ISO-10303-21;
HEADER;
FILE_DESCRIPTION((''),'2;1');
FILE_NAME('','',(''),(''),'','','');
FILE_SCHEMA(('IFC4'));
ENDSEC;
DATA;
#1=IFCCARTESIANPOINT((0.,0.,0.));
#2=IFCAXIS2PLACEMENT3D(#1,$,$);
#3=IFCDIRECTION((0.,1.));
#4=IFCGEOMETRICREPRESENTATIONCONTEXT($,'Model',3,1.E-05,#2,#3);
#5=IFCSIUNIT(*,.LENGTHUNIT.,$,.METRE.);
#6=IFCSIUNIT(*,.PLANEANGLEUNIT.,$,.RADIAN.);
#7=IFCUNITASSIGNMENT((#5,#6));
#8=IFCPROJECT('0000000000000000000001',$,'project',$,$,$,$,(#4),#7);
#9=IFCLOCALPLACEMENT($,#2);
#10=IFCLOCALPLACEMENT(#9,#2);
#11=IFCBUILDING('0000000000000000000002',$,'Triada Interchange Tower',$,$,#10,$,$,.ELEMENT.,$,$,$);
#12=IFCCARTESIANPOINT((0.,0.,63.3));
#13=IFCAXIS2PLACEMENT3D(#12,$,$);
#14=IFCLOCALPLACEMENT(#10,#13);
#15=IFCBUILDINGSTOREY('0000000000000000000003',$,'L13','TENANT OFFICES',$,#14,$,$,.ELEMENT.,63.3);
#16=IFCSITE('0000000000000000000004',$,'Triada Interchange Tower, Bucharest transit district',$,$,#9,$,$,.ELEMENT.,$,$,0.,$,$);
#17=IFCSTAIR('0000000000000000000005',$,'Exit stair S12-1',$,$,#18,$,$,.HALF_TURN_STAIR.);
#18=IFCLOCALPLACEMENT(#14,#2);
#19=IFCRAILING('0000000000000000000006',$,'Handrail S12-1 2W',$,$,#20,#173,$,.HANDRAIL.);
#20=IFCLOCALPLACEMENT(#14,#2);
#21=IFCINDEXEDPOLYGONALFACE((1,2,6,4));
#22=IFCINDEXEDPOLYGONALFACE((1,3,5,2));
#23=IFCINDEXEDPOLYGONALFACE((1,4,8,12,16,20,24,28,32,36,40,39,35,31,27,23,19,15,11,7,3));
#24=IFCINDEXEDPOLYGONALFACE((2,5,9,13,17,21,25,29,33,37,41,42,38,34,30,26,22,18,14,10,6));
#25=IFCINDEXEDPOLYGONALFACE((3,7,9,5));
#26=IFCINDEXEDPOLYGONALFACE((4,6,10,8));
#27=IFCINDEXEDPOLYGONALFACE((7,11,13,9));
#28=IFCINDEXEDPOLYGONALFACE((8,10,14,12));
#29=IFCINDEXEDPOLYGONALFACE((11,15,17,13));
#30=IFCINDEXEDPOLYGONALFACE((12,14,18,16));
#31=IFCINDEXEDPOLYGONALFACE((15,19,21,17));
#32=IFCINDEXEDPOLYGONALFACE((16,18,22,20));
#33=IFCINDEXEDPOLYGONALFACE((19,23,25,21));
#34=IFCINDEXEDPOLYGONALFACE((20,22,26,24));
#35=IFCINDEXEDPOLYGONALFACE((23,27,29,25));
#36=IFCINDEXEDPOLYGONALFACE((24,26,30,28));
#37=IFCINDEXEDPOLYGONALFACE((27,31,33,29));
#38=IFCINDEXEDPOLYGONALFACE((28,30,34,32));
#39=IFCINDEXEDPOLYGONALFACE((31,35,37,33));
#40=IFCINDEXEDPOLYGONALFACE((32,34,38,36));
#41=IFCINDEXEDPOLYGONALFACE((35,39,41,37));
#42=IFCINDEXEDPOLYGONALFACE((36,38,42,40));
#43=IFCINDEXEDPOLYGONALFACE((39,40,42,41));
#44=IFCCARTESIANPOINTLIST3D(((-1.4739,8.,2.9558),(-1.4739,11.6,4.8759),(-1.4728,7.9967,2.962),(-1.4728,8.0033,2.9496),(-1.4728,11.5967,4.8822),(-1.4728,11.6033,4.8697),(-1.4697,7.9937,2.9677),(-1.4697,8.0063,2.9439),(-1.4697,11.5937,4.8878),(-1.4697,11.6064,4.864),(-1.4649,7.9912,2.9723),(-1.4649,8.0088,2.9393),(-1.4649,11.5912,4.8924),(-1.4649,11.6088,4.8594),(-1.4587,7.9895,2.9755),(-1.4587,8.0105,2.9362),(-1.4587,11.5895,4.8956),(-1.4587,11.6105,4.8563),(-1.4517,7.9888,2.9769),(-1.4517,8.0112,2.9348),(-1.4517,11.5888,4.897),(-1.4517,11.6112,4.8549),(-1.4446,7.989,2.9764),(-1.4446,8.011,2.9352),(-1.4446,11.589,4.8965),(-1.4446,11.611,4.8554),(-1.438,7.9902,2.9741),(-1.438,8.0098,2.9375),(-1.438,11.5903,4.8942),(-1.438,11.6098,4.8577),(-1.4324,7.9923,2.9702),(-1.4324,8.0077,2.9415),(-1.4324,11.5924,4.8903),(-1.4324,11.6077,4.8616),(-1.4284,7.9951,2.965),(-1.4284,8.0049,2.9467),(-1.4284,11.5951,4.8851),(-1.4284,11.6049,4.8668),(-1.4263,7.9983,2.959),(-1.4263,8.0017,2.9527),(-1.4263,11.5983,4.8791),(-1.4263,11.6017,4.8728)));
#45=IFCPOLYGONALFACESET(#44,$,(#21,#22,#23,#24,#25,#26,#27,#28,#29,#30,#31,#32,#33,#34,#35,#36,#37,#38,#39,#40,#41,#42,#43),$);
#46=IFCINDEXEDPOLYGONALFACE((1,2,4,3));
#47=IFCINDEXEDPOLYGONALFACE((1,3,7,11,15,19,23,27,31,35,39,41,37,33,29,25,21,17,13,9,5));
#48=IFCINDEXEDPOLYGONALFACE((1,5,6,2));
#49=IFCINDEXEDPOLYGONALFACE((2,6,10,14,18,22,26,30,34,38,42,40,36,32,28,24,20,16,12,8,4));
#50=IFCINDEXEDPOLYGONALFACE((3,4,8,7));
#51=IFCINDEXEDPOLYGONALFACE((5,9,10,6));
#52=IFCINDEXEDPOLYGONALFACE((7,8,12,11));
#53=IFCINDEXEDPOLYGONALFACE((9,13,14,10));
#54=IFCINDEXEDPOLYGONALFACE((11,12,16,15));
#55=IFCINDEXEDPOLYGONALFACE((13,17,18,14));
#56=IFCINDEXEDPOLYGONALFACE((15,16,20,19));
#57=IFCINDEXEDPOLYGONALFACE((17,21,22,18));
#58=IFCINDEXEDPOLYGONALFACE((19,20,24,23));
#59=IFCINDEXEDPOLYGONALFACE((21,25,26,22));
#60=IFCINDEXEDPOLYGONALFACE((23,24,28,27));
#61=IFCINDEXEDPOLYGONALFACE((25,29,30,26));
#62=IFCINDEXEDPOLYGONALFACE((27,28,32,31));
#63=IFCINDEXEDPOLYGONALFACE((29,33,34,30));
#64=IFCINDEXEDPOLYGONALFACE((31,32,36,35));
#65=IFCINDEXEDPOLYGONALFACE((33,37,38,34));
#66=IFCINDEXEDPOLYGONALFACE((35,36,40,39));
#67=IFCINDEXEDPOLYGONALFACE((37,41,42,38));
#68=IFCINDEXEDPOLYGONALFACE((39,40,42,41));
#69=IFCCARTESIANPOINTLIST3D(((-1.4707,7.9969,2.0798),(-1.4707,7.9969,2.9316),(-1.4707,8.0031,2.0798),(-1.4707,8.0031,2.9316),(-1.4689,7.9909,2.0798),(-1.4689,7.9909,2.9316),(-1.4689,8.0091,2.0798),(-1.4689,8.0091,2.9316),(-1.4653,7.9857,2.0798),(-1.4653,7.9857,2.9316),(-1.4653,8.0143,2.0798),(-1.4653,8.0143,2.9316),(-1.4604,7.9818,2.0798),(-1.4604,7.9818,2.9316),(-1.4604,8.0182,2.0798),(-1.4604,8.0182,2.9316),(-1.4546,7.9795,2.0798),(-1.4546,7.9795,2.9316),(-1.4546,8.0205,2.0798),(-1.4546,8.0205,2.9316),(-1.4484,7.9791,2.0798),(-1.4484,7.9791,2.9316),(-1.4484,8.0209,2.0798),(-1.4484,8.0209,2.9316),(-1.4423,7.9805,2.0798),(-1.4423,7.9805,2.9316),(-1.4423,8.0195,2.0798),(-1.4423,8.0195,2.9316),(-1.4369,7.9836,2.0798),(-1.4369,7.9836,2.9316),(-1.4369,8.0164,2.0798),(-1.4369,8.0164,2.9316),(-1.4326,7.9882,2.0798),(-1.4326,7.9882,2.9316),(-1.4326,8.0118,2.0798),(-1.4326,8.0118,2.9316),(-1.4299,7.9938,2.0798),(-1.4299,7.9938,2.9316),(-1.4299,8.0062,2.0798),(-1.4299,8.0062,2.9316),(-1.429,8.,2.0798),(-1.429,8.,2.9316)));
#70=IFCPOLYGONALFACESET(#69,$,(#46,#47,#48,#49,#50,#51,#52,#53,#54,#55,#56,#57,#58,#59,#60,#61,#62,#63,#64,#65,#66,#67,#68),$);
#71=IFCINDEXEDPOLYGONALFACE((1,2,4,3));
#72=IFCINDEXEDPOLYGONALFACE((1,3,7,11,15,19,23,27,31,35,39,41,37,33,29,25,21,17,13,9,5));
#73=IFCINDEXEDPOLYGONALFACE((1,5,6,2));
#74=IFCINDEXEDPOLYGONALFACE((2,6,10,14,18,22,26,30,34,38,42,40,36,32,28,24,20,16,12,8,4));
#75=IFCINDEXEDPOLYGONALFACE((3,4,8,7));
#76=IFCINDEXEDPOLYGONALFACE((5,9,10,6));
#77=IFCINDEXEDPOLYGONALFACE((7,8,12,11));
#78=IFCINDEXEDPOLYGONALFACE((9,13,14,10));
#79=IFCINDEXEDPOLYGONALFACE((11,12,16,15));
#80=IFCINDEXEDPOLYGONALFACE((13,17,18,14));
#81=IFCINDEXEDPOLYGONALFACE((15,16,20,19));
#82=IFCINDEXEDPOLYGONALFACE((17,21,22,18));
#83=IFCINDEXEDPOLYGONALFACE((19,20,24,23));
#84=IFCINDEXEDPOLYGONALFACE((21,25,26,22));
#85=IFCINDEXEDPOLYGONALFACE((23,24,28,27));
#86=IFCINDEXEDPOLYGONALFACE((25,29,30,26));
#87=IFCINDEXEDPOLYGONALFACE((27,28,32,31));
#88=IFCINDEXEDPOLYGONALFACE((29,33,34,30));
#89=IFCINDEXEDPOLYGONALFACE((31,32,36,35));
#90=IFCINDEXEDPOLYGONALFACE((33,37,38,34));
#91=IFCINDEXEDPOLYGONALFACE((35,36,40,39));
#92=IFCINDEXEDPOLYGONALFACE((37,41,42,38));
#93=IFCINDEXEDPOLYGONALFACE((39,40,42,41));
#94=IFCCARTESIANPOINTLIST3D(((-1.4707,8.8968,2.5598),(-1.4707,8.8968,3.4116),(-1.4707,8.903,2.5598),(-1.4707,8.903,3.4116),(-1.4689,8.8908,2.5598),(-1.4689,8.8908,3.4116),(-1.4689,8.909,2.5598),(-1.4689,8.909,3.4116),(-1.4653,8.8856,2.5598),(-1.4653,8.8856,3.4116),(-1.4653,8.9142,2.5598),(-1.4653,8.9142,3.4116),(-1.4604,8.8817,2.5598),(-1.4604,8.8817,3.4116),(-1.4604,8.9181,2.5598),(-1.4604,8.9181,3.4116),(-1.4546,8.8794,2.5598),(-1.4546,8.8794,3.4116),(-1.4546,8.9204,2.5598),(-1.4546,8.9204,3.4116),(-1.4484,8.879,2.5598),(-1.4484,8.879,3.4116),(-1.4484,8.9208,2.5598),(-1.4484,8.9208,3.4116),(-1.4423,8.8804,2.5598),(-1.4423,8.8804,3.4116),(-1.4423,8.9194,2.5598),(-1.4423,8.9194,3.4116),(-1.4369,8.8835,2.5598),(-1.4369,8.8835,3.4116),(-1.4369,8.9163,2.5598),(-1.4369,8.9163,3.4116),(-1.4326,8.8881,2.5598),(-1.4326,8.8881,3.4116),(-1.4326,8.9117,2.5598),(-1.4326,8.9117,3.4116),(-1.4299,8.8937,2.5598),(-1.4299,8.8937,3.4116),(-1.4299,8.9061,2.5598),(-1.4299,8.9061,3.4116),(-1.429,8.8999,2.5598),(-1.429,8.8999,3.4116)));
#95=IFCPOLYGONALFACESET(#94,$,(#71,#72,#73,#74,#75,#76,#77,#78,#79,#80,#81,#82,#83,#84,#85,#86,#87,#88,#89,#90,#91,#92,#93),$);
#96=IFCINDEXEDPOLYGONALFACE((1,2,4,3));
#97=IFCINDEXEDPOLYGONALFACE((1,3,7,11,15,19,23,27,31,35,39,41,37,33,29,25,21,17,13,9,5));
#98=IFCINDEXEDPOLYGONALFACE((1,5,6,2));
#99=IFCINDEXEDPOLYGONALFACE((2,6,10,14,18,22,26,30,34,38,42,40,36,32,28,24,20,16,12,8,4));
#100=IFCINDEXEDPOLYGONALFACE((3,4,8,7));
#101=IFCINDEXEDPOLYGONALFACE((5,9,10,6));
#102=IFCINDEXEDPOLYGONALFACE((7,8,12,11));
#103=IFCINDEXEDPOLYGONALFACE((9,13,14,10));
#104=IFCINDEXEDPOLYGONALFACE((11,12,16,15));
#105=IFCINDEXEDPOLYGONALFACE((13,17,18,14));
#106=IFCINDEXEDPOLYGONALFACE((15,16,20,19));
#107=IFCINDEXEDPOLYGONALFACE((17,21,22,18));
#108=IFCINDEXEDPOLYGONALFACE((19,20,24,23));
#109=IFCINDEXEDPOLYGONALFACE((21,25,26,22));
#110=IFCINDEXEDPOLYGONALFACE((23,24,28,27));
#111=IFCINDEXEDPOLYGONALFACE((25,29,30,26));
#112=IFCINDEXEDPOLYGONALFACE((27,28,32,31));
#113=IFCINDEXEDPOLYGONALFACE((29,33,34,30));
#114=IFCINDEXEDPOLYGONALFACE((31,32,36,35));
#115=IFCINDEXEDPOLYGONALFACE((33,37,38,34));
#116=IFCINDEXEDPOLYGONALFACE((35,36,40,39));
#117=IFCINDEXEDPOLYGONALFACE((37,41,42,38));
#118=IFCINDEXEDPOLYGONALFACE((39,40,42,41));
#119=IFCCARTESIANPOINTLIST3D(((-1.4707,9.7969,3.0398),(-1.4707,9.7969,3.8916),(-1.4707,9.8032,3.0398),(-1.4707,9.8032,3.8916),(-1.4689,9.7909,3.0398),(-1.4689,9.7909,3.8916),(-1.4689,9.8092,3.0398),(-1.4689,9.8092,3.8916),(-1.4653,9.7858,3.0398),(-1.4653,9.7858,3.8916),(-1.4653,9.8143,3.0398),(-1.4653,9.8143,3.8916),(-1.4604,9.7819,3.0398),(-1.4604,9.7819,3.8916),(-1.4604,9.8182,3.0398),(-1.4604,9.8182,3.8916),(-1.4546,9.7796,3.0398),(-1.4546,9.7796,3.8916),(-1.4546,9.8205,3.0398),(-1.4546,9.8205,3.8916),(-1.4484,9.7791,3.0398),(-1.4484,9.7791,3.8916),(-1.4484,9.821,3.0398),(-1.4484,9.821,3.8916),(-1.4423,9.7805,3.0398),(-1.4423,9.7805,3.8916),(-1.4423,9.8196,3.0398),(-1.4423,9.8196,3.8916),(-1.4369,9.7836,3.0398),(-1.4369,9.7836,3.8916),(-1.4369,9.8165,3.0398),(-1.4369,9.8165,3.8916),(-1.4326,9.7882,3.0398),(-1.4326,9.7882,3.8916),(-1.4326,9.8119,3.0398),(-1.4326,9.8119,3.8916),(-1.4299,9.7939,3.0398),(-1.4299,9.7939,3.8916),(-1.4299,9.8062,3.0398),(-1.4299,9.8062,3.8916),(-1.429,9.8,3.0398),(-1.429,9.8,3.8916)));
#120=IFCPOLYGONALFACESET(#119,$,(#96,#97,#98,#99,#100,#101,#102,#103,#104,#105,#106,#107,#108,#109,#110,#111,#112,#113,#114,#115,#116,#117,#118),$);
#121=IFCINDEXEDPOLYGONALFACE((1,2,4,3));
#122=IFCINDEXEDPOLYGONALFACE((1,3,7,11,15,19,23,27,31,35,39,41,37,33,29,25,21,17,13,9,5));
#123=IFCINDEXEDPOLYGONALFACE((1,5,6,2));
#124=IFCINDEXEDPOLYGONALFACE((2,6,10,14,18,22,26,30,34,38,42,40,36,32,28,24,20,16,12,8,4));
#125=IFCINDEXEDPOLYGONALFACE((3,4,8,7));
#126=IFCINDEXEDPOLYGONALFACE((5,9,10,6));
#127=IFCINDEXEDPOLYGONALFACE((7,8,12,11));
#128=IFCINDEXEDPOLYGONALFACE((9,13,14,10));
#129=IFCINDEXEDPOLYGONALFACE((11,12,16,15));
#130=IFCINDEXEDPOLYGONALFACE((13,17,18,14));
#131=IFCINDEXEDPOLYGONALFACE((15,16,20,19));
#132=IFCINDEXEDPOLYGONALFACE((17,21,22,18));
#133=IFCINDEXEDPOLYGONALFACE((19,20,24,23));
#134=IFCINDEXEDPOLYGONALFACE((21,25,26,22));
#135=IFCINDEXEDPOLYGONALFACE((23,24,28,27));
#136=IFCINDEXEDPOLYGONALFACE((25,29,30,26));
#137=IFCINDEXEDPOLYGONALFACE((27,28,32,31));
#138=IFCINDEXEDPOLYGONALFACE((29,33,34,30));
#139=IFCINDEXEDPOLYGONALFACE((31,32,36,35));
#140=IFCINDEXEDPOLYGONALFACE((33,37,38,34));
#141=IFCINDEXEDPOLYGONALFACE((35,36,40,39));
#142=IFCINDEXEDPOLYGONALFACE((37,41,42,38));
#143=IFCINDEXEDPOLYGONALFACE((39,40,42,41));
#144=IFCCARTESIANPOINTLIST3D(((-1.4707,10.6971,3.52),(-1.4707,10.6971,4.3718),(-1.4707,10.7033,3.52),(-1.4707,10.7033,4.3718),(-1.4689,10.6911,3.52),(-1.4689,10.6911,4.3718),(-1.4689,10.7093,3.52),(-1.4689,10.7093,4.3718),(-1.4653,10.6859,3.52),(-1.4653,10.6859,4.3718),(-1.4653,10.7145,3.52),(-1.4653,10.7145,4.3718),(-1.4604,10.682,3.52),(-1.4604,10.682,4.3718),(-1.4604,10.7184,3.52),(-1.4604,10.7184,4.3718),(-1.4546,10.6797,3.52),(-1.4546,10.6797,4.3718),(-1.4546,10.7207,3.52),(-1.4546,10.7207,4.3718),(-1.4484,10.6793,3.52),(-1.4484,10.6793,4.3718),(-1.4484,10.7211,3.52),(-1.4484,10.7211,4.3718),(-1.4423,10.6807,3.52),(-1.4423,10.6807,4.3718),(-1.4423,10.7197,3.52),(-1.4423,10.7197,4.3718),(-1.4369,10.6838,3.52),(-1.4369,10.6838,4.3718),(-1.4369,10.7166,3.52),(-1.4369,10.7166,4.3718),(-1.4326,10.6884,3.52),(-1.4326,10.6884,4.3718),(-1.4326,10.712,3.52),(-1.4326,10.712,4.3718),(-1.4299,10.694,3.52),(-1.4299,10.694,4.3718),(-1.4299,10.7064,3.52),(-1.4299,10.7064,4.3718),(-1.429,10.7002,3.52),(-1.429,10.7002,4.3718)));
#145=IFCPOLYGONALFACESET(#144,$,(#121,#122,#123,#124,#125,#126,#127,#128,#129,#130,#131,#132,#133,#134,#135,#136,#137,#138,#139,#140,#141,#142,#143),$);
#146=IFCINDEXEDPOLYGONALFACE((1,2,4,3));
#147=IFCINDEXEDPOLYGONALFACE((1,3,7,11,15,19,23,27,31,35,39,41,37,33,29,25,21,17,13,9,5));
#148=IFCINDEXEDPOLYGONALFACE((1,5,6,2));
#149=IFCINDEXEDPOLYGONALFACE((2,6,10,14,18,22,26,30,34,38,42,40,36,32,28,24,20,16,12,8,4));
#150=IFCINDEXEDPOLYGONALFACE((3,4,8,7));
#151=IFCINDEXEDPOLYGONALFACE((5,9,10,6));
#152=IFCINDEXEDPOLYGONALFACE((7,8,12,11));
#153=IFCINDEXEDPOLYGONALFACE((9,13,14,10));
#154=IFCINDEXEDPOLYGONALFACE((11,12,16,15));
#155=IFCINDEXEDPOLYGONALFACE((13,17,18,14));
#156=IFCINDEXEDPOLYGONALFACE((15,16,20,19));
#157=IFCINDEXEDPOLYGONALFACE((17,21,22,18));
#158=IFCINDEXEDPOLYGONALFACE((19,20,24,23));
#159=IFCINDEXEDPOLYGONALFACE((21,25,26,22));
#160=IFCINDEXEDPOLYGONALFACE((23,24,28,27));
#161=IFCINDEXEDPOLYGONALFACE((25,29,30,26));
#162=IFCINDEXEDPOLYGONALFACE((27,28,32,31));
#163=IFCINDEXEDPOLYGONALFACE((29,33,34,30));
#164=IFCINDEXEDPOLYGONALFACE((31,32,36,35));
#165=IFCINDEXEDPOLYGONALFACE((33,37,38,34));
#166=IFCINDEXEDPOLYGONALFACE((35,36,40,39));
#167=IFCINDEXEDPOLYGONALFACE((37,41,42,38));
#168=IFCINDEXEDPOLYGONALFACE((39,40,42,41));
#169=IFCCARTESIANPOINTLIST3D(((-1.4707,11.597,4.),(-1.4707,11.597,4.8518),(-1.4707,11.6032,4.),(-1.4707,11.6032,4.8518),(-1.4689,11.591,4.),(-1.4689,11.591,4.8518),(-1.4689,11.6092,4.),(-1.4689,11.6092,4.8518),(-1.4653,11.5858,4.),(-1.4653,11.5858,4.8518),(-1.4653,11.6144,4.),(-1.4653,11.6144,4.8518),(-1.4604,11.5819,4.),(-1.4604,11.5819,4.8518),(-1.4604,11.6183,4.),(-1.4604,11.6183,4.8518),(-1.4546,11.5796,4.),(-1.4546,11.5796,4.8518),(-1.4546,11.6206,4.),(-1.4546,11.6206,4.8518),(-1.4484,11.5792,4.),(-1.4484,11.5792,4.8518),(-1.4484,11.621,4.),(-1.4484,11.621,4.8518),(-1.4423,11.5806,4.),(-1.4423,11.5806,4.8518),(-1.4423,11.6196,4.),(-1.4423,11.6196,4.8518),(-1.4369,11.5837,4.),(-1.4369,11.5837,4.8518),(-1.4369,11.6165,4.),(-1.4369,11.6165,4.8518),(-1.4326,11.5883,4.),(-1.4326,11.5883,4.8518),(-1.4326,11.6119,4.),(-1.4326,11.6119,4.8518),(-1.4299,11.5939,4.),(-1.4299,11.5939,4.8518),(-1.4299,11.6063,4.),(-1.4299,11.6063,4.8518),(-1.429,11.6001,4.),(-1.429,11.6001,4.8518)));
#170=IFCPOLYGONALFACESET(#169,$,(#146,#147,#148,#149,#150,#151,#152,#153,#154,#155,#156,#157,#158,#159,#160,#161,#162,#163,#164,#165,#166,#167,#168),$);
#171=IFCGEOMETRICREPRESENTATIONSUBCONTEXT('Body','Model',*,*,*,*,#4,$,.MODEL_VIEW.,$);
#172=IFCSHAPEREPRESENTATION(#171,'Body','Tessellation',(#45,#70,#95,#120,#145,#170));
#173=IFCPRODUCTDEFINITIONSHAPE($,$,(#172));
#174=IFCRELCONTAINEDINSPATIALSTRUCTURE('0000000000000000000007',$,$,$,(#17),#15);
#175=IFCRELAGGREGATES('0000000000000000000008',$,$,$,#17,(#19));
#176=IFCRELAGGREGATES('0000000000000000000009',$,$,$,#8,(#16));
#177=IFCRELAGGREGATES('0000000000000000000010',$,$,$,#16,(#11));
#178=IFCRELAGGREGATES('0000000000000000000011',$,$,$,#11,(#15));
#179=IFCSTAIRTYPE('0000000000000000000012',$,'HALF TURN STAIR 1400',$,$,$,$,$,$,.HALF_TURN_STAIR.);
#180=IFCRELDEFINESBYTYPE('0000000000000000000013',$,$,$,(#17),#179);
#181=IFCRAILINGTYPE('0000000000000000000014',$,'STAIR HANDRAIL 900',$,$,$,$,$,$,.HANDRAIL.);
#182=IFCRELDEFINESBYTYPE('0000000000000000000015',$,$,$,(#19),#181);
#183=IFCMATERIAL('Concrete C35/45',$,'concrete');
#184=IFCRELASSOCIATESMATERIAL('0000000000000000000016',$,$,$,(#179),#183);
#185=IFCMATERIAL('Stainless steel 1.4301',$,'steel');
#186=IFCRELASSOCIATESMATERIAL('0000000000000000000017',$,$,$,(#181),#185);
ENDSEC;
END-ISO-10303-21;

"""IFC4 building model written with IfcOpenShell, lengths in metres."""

from ifc_helpers import new_model, si_unit, direction, frame, origin, origin_2d, place, context, subcontext, project, spatial, circle, extrude, material, type_object, element, aggregate, save


model = new_model("IFC4")

# Units and contexts
model_context = context("Model", 3, precision=1e-05, world=origin(), true_north=direction((0.0, 1.0)))
body_context = subcontext(model_context, "Body", "Model", "MODEL_VIEW")
ifc_project = project(units=[si_unit("LENGTHUNIT", "METRE"), si_unit("PLANEANGLEUNIT", "RADIAN")], contexts=[model_context])

# Site, building, storey
site_placement = place(None, origin())
site = spatial("IfcSite", under=ifc_project, at=site_placement, Name="Triada Interchange Tower, Bucharest transit district", CompositionType="ELEMENT", RefElevation=0.0)
building_placement = place(site_placement, origin())
building = spatial("IfcBuilding", under=site, at=building_placement, Name="Triada Interchange Tower", CompositionType="ELEMENT")
storey_placement = place(building_placement, frame((0.0, 0.0, 63.3)))
storey = spatial("IfcBuildingStorey", under=building, at=storey_placement, Name="L13", Description="TENANT OFFICES", CompositionType="ELEMENT", Elevation=63.3)

# Stair, railing
ifc_material_1 = material(Name="Concrete C35/45", Category="concrete")
stair_type = type_object("IfcStairType", Name="HALF TURN STAIR 1400", PredefinedType="HALF_TURN_STAIR", material=ifc_material_1)
stair_placement = place(storey_placement, origin())
stair = element("IfcStair", 1, at=stair_placement, inside=storey, type_object=stair_type, Name="Exit stair S12-1", PredefinedType="HALF_TURN_STAIR")
ifc_material_2 = material(Name="Stainless steel 1.4301", Category="steel")
railing_type = type_object("IfcRailingType", Name="STAIR HANDRAIL 900", PredefinedType="HANDRAIL", material=ifc_material_2)
railing_placement = place(storey_placement, frame((-1.45, 8.0, 2.0798)))
railing = element("IfcRailing", 2, at=railing_placement, type_object=railing_type, Name="Handrail S12-1 2W", PredefinedType="HANDRAIL", context=body_context, shape_type="SweptSolid", body=[
    extrude(circle(Radius=0.0239, at=origin_2d()), frame((0.0, 0.0, 0.876), z_axis=(0.0, 0.882341, 0.47061), x_axis=(-1.0, 0.0, 0.0)), (0.0, 0.0, 1.0), 4.0801),
    extrude(circle(Radius=0.021, at=origin_2d()), origin(), (0.0, 0.0, 1.0), 0.8518),
    extrude(circle(Radius=0.021, at=origin_2d()), frame((0.0, 0.8999, 0.48)), (0.0, 0.0, 1.0), 0.8518),
    extrude(circle(Radius=0.021, at=origin_2d()), frame((0.0, 1.8, 0.96)), (0.0, 0.0, 1.0), 0.8518),
    extrude(circle(Radius=0.021, at=origin_2d()), frame((0.0, 2.7002, 1.4402)), (0.0, 0.0, 1.0), 0.8518),
    extrude(circle(Radius=0.021, at=origin_2d()), frame((0.0, 3.6001, 1.9202)), (0.0, 0.0, 1.0), 0.8518),
])
aggregate(stair, [railing])

save(model, "model.ifc")
